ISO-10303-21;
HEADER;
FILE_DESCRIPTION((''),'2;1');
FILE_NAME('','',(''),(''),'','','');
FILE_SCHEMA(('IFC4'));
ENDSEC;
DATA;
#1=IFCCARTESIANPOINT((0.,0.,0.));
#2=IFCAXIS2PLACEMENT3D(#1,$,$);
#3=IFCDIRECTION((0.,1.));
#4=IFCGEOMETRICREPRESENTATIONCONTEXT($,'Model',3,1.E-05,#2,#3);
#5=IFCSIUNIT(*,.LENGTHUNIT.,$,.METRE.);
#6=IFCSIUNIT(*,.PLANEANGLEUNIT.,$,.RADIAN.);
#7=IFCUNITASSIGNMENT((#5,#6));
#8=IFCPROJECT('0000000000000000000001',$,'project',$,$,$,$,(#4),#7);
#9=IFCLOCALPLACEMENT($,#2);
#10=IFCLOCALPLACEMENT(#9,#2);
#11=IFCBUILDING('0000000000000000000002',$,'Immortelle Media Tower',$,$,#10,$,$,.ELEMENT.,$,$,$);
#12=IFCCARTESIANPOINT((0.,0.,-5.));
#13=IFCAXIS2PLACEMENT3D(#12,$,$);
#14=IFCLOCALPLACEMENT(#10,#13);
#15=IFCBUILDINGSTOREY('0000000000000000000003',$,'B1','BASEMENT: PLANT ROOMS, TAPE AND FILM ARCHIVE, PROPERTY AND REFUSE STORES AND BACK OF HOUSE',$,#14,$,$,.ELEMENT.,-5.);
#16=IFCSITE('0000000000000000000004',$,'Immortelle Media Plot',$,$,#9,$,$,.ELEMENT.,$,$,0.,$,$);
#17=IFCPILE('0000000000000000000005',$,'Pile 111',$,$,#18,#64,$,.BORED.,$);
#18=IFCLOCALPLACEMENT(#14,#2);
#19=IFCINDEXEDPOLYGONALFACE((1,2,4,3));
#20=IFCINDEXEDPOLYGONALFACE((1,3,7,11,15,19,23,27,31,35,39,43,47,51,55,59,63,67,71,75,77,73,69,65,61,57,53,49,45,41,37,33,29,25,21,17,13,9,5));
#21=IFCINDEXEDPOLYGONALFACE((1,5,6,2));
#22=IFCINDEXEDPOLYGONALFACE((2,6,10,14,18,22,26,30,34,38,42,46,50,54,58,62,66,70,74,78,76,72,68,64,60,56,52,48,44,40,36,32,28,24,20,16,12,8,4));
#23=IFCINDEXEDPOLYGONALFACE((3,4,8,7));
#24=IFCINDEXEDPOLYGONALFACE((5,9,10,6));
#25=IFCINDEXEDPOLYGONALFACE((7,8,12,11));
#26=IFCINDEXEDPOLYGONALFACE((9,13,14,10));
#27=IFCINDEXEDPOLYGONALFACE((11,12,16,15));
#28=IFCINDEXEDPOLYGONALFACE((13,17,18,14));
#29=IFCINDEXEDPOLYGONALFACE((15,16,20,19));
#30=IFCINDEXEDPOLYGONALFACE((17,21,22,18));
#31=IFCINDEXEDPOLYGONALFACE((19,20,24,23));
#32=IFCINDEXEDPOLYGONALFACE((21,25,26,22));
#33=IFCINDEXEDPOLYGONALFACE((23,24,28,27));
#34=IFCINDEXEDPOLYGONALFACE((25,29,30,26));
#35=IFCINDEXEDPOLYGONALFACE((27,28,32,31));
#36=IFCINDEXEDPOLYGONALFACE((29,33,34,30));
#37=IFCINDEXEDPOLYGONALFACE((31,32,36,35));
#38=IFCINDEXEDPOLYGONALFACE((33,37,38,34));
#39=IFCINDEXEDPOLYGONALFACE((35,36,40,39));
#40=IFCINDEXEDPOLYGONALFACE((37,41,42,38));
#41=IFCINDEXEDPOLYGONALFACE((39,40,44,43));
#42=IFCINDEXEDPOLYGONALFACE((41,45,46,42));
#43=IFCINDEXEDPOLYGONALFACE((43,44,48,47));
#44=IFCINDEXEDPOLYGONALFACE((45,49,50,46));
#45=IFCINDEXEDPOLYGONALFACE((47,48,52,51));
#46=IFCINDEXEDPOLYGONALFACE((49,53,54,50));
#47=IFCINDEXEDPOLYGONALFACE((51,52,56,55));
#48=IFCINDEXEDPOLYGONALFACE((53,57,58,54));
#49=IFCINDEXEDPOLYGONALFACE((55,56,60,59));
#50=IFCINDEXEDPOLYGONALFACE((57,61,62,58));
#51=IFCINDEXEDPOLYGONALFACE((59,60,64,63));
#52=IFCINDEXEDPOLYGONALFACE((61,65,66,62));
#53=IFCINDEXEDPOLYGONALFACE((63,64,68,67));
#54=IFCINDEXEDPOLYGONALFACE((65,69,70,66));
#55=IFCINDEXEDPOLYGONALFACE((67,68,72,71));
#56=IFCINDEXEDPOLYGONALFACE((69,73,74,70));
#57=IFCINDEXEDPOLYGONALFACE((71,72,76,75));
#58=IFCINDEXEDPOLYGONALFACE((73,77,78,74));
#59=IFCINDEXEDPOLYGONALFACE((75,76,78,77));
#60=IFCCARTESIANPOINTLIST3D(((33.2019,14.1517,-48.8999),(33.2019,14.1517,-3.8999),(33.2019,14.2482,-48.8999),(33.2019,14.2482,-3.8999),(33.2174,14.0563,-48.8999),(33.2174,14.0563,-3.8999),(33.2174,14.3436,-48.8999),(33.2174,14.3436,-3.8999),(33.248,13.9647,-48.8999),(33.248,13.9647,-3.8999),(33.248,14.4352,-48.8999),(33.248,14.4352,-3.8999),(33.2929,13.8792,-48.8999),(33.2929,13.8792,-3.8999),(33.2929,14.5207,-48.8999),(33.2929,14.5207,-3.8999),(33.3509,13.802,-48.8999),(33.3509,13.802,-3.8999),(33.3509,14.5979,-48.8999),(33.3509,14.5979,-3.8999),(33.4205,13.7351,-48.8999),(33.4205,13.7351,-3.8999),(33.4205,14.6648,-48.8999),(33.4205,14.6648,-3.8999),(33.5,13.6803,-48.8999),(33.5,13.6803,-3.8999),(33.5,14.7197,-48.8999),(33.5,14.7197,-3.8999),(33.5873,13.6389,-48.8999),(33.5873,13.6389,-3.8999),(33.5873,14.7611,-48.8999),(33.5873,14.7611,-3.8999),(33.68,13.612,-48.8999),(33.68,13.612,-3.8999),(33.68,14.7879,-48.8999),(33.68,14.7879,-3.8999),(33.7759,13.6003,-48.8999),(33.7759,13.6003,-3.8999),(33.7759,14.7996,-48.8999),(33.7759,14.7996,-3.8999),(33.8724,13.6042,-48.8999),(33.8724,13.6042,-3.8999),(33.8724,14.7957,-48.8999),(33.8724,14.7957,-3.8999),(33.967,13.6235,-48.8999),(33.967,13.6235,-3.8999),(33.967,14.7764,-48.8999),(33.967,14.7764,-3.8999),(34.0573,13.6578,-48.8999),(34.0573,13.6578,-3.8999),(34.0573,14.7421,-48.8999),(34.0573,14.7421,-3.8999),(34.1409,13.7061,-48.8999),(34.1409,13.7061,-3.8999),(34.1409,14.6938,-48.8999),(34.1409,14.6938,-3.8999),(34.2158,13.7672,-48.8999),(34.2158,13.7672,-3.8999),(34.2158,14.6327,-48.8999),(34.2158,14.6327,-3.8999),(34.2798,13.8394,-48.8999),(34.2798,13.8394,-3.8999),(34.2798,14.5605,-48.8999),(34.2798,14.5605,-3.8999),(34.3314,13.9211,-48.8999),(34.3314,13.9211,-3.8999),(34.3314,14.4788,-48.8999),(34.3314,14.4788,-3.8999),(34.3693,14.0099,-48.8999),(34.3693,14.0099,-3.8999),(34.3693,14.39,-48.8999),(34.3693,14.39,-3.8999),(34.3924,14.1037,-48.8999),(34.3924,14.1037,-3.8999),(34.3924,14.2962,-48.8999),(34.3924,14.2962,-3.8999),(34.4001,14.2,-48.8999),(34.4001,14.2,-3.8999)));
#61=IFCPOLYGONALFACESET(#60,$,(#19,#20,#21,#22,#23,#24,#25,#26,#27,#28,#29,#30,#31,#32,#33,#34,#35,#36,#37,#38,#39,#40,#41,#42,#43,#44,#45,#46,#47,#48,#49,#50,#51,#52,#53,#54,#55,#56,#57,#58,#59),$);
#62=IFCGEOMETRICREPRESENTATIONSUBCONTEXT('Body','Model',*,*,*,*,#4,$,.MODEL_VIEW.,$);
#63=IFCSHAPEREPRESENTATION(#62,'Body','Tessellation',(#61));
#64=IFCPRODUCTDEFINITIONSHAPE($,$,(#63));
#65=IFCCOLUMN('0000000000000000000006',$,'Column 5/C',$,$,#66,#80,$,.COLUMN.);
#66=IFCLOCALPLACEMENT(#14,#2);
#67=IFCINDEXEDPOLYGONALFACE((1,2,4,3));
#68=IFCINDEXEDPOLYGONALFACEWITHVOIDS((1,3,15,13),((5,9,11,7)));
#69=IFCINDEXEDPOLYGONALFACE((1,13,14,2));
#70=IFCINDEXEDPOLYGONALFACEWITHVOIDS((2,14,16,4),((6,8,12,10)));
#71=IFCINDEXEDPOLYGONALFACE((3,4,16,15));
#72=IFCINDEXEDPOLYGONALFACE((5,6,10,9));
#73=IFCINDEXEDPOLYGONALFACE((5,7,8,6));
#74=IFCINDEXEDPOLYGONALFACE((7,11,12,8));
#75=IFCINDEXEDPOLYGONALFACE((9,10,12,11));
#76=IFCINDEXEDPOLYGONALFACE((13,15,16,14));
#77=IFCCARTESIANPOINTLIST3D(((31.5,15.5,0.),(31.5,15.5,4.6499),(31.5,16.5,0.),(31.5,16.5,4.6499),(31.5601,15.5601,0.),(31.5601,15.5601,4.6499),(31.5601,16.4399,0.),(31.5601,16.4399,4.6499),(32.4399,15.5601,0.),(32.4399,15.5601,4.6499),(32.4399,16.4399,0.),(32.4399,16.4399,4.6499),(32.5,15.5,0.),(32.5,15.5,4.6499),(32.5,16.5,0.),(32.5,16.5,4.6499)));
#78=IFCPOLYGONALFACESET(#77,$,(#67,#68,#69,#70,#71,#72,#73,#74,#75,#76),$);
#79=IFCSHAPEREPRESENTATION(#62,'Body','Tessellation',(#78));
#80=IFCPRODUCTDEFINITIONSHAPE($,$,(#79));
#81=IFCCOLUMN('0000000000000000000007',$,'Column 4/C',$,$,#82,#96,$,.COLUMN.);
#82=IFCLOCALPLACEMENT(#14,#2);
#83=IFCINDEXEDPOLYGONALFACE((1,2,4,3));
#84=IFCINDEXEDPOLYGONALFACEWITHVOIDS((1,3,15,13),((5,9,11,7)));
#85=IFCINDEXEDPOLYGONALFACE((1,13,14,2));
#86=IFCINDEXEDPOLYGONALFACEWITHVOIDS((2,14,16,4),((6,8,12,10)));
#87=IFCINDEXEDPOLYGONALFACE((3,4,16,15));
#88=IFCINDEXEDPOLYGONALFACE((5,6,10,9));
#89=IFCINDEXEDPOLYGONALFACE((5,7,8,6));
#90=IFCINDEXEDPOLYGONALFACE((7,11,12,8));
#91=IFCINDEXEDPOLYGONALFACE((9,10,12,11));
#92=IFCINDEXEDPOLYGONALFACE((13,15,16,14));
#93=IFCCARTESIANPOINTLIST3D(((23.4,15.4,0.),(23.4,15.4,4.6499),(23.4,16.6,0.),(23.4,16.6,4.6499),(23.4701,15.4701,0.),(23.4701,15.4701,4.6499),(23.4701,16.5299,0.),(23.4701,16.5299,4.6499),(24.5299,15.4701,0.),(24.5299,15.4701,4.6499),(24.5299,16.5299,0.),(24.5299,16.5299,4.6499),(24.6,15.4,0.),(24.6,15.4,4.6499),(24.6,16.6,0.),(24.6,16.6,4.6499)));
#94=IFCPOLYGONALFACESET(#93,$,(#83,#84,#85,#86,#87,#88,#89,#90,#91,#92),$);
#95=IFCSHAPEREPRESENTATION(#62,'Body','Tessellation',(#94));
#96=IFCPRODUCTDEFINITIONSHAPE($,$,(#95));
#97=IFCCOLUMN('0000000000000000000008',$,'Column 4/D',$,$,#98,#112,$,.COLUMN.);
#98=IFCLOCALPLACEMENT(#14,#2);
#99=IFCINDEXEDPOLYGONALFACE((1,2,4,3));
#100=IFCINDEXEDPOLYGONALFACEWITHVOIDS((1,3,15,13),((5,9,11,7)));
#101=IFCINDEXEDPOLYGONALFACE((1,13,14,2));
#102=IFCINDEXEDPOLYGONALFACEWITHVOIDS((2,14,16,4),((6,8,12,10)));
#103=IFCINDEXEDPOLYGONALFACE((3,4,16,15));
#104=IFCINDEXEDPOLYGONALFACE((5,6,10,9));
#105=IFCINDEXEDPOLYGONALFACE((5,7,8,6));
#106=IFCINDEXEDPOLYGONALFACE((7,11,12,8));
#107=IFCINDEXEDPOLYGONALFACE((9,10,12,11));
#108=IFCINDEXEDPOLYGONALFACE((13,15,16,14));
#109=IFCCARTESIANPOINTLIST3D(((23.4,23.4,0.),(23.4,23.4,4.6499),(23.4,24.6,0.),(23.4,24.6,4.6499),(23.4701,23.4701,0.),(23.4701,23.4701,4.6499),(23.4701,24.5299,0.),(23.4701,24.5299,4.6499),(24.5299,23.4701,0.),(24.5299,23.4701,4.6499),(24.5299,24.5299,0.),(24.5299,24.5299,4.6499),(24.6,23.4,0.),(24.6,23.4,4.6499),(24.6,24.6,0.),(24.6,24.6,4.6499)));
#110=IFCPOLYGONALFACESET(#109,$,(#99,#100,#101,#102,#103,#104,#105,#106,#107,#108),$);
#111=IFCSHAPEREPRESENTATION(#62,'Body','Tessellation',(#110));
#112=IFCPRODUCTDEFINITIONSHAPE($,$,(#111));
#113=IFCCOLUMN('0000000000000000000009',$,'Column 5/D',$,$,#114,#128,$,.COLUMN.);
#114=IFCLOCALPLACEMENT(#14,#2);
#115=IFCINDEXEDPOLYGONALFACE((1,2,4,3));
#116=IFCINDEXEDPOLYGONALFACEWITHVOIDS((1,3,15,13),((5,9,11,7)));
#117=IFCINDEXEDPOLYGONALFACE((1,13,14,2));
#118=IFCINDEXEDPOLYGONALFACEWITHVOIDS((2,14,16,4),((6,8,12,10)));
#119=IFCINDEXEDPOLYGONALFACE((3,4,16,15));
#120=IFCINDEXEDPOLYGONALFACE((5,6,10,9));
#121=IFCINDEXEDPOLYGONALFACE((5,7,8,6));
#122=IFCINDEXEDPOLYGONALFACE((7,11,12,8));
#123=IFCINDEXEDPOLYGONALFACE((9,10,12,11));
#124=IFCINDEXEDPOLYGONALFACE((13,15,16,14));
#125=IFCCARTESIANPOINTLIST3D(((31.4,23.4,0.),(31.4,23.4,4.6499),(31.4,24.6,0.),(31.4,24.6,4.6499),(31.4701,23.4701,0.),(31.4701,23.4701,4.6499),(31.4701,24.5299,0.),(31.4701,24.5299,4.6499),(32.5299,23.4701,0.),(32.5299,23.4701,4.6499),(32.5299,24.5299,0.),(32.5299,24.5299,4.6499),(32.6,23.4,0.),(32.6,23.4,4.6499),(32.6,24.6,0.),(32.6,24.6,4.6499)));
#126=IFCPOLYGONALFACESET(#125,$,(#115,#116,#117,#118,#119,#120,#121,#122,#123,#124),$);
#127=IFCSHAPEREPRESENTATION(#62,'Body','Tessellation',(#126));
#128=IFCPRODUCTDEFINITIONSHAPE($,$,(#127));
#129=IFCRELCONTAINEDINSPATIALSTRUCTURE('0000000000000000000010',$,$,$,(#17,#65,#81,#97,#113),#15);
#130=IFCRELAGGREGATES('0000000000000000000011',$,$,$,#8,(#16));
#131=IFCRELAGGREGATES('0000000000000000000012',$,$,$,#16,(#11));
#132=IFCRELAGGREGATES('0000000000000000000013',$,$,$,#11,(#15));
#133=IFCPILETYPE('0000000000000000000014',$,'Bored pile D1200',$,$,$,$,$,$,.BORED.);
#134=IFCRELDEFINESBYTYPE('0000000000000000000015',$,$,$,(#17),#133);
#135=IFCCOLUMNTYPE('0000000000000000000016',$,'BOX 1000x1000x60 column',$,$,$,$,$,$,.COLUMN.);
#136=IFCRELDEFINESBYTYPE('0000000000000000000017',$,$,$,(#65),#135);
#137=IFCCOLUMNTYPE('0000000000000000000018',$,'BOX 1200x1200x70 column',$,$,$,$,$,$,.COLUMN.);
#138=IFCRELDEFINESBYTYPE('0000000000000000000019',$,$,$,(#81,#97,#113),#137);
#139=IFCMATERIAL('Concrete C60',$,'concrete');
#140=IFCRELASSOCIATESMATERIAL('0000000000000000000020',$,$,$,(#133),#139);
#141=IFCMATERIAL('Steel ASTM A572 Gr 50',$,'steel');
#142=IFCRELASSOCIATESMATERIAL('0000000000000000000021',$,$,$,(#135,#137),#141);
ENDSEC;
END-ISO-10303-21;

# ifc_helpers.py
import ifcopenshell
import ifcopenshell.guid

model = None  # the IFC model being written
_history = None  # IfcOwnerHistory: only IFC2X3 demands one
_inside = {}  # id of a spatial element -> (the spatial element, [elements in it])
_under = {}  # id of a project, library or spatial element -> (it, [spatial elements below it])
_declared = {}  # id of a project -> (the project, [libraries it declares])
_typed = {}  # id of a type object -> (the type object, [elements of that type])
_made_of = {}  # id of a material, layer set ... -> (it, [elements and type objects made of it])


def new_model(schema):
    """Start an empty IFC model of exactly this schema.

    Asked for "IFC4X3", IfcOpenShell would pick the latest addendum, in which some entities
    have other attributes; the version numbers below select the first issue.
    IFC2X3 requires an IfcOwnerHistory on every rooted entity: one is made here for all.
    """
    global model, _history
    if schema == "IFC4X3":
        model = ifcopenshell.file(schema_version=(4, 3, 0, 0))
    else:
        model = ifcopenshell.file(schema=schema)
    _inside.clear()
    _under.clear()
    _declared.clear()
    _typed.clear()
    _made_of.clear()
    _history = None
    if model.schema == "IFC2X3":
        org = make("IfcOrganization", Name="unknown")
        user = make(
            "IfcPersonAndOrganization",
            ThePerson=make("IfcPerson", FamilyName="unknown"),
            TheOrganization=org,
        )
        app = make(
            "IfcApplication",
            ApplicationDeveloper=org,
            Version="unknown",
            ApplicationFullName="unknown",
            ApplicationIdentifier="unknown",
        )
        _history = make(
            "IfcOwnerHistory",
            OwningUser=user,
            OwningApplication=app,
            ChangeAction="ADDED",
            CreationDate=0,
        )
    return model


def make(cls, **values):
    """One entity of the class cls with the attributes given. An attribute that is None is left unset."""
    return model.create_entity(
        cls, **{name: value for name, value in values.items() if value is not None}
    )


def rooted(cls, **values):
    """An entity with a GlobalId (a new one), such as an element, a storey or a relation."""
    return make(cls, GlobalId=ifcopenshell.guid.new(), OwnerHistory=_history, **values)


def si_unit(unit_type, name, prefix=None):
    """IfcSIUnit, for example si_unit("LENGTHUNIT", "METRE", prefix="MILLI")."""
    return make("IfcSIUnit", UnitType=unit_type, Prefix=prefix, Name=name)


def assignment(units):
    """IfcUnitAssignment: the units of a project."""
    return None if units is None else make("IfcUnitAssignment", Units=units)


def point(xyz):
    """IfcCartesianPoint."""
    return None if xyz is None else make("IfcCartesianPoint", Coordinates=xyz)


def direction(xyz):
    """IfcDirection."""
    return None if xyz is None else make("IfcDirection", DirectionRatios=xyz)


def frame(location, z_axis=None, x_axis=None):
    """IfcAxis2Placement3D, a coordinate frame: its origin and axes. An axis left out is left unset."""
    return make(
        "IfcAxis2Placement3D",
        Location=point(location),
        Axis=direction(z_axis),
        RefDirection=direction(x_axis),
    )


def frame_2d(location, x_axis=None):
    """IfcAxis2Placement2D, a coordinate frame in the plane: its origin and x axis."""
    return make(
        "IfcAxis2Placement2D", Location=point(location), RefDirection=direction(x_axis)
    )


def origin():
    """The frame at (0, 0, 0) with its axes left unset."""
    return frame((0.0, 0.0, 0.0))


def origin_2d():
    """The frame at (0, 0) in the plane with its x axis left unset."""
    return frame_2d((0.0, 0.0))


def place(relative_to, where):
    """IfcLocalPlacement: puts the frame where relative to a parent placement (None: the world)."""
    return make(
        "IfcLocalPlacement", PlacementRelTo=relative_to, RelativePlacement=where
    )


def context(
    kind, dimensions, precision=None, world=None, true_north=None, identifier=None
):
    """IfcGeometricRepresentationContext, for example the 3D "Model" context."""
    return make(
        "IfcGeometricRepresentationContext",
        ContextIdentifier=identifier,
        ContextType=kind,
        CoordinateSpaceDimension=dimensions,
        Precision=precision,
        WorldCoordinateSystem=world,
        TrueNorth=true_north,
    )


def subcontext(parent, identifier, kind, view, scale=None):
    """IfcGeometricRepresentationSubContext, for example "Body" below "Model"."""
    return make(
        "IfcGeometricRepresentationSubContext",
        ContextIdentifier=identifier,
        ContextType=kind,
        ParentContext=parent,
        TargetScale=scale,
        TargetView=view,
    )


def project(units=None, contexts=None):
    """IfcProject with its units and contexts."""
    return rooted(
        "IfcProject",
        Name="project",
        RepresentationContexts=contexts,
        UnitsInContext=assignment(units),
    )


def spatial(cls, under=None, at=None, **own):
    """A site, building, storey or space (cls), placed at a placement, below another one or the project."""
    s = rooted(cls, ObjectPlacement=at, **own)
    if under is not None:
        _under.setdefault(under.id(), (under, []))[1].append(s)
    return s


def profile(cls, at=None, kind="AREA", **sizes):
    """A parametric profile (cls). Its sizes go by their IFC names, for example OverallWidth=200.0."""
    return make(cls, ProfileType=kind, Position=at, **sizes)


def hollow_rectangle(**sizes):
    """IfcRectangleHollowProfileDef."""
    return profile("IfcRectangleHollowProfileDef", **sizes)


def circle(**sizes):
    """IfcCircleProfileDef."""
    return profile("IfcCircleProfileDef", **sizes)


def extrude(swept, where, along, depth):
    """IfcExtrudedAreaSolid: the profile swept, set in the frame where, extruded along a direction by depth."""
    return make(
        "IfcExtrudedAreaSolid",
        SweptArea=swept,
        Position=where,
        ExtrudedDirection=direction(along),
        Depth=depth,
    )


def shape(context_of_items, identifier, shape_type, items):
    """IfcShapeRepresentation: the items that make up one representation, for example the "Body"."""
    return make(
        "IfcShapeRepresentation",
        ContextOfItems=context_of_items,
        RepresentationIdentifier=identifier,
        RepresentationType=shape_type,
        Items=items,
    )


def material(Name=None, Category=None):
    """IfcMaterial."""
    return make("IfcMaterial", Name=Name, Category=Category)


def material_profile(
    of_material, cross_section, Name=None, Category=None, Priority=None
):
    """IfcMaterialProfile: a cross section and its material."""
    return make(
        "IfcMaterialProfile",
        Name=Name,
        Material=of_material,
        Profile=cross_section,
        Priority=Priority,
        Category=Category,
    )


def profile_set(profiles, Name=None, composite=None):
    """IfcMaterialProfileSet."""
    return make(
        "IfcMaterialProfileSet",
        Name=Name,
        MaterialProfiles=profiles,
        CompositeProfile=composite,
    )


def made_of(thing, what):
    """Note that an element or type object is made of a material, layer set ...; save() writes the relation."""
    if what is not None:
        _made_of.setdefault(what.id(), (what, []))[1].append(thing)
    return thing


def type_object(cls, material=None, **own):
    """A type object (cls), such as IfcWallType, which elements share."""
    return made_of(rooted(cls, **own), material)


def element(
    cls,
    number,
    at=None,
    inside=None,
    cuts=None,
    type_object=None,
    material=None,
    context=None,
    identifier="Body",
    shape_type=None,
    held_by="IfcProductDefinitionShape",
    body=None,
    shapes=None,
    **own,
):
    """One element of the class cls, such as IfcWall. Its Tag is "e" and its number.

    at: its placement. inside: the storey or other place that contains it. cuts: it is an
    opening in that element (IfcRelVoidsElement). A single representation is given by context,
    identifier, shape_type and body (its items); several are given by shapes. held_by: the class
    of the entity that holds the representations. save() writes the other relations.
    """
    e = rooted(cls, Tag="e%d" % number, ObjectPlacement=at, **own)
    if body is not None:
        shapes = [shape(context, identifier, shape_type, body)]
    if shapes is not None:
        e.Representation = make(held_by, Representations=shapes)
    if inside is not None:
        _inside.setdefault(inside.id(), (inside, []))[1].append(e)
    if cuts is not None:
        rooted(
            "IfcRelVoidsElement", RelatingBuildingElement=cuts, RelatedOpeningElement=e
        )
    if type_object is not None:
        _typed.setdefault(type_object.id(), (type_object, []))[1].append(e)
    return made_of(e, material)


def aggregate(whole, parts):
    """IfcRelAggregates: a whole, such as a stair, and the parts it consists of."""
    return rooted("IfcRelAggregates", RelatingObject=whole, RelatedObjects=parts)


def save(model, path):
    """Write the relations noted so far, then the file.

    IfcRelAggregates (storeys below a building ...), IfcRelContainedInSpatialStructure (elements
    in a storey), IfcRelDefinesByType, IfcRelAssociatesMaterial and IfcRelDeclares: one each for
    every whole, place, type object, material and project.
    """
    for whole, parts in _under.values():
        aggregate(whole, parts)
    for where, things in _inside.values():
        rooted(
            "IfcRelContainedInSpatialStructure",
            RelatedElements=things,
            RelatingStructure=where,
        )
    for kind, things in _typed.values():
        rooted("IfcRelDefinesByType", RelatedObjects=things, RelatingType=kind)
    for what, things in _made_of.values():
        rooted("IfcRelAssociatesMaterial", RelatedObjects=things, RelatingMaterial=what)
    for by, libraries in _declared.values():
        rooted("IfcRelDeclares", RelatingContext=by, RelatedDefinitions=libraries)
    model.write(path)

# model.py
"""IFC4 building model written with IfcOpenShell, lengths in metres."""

from ifc_helpers import new_model, si_unit, direction, frame, origin, origin_2d, place, context, subcontext, project, spatial, hollow_rectangle, circle, extrude, material, material_profile, profile_set, type_object, element, save


model = new_model("IFC4")

# Units and contexts
model_context = context("Model", 3, precision=1e-05, world=origin(), true_north=direction((0.0, 1.0)))
body_context = subcontext(model_context, "Body", "Model", "MODEL_VIEW")
ifc_project = project(units=[si_unit("LENGTHUNIT", "METRE"), si_unit("PLANEANGLEUNIT", "RADIAN")], contexts=[model_context])

# Site, building, storey
site_placement = place(None, origin())
site = spatial("IfcSite", under=ifc_project, at=site_placement, Name="Immortelle Media Plot", CompositionType="ELEMENT", RefElevation=0.0)
building_placement = place(site_placement, origin())
building = spatial("IfcBuilding", under=site, at=building_placement, Name="Immortelle Media Tower", CompositionType="ELEMENT")
storey_placement = place(building_placement, frame((0.0, 0.0, -5.0)))
storey = spatial("IfcBuildingStorey", under=building, at=storey_placement, Name="B1", Description="BASEMENT: PLANT ROOMS, TAPE AND FILM ARCHIVE, PROPERTY AND REFUSE STORES AND BACK OF HOUSE", CompositionType="ELEMENT", Elevation=-5.0)

# Pile
ifc_material_1 = material(Name="Concrete C60", Category="concrete")
ifc_material_profile_1 = material_profile(ifc_material_1, circle(Radius=0.6001, at=origin_2d()), Name="Bored pile D1200")
ifc_profile_set_1 = profile_set([ifc_material_profile_1], Name="Concrete C60")
pile_type = type_object("IfcPileType", Name="Bored pile D1200", PredefinedType="BORED", material=ifc_profile_set_1)
for number, where, z_axis, x_axis, name in (
    (1, (33.8, 14.2, -3.8999), (0.0, 0.0, -1.0), (1.0, 0.0, 0.0), "Pile 111"),
):
    element("IfcPile", number, at=place(storey_placement, frame(where, z_axis=z_axis, x_axis=x_axis)), inside=storey, type_object=pile_type, Name=name, PredefinedType="BORED", context=body_context, shape_type="SweptSolid", body=[
        extrude(circle(Radius=0.6001, at=origin_2d()), origin(), (0.0, 0.0, 1.0), 45.0),
    ])

# Columns
ifc_material_2 = material(Name="Steel ASTM A572 Gr 50", Category="steel")
ifc_material_profile_2 = material_profile(ifc_material_2, hollow_rectangle(XDim=1.0, YDim=1.0, WallThickness=0.0601, at=origin_2d()), Name="BOX 1000x1000x60 column")
ifc_profile_set_2 = profile_set([ifc_material_profile_2], Name="Steel ASTM A572 Gr 50")
column_type_1 = type_object("IfcColumnType", Name="BOX 1000x1000x60 column", PredefinedType="COLUMN", material=ifc_profile_set_2)
column_placement = place(storey_placement, frame((32.0, 16.0, 0.0), z_axis=(0.0, 0.0, 1.0), x_axis=(1.0, 0.0, 0.0)))
element("IfcColumn", 2, at=column_placement, inside=storey, type_object=column_type_1, Name="Column 5/C", PredefinedType="COLUMN", context=body_context, shape_type="SweptSolid", body=[
    extrude(hollow_rectangle(XDim=1.0, YDim=1.0, WallThickness=0.0601, at=origin_2d()), origin(), (0.0, 0.0, 1.0), 4.6499),
])
ifc_material_profile_3 = material_profile(ifc_material_2, hollow_rectangle(XDim=1.2, YDim=1.2, WallThickness=0.0701, at=origin_2d()), Name="BOX 1200x1200x70 column")
ifc_profile_set_3 = profile_set([ifc_material_profile_3], Name="Steel ASTM A572 Gr 50")
column_type_2 = type_object("IfcColumnType", Name="BOX 1200x1200x70 column", PredefinedType="COLUMN", material=ifc_profile_set_3)
for number, where, z_axis, x_axis, name in (
    (3, (24.0, 16.0, 0.0), (0.0, 0.0, 1.0), (1.0, 0.0, 0.0), "Column 4/C"),
    (4, (24.0, 24.0, 0.0), (0.0, 0.0, 1.0), (1.0, 0.0, 0.0), "Column 4/D"),
    (5, (32.0, 24.0, 0.0), (0.0, 0.0, 1.0), (1.0, 0.0, 0.0), "Column 5/D"),
):
    element("IfcColumn", number, at=place(storey_placement, frame(where, z_axis=z_axis, x_axis=x_axis)), inside=storey, type_object=column_type_2, Name=name, PredefinedType="COLUMN", context=body_context, shape_type="SweptSolid", body=[
        extrude(hollow_rectangle(XDim=1.2, YDim=1.2, WallThickness=0.0701, at=origin_2d()), origin(), (0.0, 0.0, 1.0), 4.6499),
    ])

save(model, "model.ifc")
